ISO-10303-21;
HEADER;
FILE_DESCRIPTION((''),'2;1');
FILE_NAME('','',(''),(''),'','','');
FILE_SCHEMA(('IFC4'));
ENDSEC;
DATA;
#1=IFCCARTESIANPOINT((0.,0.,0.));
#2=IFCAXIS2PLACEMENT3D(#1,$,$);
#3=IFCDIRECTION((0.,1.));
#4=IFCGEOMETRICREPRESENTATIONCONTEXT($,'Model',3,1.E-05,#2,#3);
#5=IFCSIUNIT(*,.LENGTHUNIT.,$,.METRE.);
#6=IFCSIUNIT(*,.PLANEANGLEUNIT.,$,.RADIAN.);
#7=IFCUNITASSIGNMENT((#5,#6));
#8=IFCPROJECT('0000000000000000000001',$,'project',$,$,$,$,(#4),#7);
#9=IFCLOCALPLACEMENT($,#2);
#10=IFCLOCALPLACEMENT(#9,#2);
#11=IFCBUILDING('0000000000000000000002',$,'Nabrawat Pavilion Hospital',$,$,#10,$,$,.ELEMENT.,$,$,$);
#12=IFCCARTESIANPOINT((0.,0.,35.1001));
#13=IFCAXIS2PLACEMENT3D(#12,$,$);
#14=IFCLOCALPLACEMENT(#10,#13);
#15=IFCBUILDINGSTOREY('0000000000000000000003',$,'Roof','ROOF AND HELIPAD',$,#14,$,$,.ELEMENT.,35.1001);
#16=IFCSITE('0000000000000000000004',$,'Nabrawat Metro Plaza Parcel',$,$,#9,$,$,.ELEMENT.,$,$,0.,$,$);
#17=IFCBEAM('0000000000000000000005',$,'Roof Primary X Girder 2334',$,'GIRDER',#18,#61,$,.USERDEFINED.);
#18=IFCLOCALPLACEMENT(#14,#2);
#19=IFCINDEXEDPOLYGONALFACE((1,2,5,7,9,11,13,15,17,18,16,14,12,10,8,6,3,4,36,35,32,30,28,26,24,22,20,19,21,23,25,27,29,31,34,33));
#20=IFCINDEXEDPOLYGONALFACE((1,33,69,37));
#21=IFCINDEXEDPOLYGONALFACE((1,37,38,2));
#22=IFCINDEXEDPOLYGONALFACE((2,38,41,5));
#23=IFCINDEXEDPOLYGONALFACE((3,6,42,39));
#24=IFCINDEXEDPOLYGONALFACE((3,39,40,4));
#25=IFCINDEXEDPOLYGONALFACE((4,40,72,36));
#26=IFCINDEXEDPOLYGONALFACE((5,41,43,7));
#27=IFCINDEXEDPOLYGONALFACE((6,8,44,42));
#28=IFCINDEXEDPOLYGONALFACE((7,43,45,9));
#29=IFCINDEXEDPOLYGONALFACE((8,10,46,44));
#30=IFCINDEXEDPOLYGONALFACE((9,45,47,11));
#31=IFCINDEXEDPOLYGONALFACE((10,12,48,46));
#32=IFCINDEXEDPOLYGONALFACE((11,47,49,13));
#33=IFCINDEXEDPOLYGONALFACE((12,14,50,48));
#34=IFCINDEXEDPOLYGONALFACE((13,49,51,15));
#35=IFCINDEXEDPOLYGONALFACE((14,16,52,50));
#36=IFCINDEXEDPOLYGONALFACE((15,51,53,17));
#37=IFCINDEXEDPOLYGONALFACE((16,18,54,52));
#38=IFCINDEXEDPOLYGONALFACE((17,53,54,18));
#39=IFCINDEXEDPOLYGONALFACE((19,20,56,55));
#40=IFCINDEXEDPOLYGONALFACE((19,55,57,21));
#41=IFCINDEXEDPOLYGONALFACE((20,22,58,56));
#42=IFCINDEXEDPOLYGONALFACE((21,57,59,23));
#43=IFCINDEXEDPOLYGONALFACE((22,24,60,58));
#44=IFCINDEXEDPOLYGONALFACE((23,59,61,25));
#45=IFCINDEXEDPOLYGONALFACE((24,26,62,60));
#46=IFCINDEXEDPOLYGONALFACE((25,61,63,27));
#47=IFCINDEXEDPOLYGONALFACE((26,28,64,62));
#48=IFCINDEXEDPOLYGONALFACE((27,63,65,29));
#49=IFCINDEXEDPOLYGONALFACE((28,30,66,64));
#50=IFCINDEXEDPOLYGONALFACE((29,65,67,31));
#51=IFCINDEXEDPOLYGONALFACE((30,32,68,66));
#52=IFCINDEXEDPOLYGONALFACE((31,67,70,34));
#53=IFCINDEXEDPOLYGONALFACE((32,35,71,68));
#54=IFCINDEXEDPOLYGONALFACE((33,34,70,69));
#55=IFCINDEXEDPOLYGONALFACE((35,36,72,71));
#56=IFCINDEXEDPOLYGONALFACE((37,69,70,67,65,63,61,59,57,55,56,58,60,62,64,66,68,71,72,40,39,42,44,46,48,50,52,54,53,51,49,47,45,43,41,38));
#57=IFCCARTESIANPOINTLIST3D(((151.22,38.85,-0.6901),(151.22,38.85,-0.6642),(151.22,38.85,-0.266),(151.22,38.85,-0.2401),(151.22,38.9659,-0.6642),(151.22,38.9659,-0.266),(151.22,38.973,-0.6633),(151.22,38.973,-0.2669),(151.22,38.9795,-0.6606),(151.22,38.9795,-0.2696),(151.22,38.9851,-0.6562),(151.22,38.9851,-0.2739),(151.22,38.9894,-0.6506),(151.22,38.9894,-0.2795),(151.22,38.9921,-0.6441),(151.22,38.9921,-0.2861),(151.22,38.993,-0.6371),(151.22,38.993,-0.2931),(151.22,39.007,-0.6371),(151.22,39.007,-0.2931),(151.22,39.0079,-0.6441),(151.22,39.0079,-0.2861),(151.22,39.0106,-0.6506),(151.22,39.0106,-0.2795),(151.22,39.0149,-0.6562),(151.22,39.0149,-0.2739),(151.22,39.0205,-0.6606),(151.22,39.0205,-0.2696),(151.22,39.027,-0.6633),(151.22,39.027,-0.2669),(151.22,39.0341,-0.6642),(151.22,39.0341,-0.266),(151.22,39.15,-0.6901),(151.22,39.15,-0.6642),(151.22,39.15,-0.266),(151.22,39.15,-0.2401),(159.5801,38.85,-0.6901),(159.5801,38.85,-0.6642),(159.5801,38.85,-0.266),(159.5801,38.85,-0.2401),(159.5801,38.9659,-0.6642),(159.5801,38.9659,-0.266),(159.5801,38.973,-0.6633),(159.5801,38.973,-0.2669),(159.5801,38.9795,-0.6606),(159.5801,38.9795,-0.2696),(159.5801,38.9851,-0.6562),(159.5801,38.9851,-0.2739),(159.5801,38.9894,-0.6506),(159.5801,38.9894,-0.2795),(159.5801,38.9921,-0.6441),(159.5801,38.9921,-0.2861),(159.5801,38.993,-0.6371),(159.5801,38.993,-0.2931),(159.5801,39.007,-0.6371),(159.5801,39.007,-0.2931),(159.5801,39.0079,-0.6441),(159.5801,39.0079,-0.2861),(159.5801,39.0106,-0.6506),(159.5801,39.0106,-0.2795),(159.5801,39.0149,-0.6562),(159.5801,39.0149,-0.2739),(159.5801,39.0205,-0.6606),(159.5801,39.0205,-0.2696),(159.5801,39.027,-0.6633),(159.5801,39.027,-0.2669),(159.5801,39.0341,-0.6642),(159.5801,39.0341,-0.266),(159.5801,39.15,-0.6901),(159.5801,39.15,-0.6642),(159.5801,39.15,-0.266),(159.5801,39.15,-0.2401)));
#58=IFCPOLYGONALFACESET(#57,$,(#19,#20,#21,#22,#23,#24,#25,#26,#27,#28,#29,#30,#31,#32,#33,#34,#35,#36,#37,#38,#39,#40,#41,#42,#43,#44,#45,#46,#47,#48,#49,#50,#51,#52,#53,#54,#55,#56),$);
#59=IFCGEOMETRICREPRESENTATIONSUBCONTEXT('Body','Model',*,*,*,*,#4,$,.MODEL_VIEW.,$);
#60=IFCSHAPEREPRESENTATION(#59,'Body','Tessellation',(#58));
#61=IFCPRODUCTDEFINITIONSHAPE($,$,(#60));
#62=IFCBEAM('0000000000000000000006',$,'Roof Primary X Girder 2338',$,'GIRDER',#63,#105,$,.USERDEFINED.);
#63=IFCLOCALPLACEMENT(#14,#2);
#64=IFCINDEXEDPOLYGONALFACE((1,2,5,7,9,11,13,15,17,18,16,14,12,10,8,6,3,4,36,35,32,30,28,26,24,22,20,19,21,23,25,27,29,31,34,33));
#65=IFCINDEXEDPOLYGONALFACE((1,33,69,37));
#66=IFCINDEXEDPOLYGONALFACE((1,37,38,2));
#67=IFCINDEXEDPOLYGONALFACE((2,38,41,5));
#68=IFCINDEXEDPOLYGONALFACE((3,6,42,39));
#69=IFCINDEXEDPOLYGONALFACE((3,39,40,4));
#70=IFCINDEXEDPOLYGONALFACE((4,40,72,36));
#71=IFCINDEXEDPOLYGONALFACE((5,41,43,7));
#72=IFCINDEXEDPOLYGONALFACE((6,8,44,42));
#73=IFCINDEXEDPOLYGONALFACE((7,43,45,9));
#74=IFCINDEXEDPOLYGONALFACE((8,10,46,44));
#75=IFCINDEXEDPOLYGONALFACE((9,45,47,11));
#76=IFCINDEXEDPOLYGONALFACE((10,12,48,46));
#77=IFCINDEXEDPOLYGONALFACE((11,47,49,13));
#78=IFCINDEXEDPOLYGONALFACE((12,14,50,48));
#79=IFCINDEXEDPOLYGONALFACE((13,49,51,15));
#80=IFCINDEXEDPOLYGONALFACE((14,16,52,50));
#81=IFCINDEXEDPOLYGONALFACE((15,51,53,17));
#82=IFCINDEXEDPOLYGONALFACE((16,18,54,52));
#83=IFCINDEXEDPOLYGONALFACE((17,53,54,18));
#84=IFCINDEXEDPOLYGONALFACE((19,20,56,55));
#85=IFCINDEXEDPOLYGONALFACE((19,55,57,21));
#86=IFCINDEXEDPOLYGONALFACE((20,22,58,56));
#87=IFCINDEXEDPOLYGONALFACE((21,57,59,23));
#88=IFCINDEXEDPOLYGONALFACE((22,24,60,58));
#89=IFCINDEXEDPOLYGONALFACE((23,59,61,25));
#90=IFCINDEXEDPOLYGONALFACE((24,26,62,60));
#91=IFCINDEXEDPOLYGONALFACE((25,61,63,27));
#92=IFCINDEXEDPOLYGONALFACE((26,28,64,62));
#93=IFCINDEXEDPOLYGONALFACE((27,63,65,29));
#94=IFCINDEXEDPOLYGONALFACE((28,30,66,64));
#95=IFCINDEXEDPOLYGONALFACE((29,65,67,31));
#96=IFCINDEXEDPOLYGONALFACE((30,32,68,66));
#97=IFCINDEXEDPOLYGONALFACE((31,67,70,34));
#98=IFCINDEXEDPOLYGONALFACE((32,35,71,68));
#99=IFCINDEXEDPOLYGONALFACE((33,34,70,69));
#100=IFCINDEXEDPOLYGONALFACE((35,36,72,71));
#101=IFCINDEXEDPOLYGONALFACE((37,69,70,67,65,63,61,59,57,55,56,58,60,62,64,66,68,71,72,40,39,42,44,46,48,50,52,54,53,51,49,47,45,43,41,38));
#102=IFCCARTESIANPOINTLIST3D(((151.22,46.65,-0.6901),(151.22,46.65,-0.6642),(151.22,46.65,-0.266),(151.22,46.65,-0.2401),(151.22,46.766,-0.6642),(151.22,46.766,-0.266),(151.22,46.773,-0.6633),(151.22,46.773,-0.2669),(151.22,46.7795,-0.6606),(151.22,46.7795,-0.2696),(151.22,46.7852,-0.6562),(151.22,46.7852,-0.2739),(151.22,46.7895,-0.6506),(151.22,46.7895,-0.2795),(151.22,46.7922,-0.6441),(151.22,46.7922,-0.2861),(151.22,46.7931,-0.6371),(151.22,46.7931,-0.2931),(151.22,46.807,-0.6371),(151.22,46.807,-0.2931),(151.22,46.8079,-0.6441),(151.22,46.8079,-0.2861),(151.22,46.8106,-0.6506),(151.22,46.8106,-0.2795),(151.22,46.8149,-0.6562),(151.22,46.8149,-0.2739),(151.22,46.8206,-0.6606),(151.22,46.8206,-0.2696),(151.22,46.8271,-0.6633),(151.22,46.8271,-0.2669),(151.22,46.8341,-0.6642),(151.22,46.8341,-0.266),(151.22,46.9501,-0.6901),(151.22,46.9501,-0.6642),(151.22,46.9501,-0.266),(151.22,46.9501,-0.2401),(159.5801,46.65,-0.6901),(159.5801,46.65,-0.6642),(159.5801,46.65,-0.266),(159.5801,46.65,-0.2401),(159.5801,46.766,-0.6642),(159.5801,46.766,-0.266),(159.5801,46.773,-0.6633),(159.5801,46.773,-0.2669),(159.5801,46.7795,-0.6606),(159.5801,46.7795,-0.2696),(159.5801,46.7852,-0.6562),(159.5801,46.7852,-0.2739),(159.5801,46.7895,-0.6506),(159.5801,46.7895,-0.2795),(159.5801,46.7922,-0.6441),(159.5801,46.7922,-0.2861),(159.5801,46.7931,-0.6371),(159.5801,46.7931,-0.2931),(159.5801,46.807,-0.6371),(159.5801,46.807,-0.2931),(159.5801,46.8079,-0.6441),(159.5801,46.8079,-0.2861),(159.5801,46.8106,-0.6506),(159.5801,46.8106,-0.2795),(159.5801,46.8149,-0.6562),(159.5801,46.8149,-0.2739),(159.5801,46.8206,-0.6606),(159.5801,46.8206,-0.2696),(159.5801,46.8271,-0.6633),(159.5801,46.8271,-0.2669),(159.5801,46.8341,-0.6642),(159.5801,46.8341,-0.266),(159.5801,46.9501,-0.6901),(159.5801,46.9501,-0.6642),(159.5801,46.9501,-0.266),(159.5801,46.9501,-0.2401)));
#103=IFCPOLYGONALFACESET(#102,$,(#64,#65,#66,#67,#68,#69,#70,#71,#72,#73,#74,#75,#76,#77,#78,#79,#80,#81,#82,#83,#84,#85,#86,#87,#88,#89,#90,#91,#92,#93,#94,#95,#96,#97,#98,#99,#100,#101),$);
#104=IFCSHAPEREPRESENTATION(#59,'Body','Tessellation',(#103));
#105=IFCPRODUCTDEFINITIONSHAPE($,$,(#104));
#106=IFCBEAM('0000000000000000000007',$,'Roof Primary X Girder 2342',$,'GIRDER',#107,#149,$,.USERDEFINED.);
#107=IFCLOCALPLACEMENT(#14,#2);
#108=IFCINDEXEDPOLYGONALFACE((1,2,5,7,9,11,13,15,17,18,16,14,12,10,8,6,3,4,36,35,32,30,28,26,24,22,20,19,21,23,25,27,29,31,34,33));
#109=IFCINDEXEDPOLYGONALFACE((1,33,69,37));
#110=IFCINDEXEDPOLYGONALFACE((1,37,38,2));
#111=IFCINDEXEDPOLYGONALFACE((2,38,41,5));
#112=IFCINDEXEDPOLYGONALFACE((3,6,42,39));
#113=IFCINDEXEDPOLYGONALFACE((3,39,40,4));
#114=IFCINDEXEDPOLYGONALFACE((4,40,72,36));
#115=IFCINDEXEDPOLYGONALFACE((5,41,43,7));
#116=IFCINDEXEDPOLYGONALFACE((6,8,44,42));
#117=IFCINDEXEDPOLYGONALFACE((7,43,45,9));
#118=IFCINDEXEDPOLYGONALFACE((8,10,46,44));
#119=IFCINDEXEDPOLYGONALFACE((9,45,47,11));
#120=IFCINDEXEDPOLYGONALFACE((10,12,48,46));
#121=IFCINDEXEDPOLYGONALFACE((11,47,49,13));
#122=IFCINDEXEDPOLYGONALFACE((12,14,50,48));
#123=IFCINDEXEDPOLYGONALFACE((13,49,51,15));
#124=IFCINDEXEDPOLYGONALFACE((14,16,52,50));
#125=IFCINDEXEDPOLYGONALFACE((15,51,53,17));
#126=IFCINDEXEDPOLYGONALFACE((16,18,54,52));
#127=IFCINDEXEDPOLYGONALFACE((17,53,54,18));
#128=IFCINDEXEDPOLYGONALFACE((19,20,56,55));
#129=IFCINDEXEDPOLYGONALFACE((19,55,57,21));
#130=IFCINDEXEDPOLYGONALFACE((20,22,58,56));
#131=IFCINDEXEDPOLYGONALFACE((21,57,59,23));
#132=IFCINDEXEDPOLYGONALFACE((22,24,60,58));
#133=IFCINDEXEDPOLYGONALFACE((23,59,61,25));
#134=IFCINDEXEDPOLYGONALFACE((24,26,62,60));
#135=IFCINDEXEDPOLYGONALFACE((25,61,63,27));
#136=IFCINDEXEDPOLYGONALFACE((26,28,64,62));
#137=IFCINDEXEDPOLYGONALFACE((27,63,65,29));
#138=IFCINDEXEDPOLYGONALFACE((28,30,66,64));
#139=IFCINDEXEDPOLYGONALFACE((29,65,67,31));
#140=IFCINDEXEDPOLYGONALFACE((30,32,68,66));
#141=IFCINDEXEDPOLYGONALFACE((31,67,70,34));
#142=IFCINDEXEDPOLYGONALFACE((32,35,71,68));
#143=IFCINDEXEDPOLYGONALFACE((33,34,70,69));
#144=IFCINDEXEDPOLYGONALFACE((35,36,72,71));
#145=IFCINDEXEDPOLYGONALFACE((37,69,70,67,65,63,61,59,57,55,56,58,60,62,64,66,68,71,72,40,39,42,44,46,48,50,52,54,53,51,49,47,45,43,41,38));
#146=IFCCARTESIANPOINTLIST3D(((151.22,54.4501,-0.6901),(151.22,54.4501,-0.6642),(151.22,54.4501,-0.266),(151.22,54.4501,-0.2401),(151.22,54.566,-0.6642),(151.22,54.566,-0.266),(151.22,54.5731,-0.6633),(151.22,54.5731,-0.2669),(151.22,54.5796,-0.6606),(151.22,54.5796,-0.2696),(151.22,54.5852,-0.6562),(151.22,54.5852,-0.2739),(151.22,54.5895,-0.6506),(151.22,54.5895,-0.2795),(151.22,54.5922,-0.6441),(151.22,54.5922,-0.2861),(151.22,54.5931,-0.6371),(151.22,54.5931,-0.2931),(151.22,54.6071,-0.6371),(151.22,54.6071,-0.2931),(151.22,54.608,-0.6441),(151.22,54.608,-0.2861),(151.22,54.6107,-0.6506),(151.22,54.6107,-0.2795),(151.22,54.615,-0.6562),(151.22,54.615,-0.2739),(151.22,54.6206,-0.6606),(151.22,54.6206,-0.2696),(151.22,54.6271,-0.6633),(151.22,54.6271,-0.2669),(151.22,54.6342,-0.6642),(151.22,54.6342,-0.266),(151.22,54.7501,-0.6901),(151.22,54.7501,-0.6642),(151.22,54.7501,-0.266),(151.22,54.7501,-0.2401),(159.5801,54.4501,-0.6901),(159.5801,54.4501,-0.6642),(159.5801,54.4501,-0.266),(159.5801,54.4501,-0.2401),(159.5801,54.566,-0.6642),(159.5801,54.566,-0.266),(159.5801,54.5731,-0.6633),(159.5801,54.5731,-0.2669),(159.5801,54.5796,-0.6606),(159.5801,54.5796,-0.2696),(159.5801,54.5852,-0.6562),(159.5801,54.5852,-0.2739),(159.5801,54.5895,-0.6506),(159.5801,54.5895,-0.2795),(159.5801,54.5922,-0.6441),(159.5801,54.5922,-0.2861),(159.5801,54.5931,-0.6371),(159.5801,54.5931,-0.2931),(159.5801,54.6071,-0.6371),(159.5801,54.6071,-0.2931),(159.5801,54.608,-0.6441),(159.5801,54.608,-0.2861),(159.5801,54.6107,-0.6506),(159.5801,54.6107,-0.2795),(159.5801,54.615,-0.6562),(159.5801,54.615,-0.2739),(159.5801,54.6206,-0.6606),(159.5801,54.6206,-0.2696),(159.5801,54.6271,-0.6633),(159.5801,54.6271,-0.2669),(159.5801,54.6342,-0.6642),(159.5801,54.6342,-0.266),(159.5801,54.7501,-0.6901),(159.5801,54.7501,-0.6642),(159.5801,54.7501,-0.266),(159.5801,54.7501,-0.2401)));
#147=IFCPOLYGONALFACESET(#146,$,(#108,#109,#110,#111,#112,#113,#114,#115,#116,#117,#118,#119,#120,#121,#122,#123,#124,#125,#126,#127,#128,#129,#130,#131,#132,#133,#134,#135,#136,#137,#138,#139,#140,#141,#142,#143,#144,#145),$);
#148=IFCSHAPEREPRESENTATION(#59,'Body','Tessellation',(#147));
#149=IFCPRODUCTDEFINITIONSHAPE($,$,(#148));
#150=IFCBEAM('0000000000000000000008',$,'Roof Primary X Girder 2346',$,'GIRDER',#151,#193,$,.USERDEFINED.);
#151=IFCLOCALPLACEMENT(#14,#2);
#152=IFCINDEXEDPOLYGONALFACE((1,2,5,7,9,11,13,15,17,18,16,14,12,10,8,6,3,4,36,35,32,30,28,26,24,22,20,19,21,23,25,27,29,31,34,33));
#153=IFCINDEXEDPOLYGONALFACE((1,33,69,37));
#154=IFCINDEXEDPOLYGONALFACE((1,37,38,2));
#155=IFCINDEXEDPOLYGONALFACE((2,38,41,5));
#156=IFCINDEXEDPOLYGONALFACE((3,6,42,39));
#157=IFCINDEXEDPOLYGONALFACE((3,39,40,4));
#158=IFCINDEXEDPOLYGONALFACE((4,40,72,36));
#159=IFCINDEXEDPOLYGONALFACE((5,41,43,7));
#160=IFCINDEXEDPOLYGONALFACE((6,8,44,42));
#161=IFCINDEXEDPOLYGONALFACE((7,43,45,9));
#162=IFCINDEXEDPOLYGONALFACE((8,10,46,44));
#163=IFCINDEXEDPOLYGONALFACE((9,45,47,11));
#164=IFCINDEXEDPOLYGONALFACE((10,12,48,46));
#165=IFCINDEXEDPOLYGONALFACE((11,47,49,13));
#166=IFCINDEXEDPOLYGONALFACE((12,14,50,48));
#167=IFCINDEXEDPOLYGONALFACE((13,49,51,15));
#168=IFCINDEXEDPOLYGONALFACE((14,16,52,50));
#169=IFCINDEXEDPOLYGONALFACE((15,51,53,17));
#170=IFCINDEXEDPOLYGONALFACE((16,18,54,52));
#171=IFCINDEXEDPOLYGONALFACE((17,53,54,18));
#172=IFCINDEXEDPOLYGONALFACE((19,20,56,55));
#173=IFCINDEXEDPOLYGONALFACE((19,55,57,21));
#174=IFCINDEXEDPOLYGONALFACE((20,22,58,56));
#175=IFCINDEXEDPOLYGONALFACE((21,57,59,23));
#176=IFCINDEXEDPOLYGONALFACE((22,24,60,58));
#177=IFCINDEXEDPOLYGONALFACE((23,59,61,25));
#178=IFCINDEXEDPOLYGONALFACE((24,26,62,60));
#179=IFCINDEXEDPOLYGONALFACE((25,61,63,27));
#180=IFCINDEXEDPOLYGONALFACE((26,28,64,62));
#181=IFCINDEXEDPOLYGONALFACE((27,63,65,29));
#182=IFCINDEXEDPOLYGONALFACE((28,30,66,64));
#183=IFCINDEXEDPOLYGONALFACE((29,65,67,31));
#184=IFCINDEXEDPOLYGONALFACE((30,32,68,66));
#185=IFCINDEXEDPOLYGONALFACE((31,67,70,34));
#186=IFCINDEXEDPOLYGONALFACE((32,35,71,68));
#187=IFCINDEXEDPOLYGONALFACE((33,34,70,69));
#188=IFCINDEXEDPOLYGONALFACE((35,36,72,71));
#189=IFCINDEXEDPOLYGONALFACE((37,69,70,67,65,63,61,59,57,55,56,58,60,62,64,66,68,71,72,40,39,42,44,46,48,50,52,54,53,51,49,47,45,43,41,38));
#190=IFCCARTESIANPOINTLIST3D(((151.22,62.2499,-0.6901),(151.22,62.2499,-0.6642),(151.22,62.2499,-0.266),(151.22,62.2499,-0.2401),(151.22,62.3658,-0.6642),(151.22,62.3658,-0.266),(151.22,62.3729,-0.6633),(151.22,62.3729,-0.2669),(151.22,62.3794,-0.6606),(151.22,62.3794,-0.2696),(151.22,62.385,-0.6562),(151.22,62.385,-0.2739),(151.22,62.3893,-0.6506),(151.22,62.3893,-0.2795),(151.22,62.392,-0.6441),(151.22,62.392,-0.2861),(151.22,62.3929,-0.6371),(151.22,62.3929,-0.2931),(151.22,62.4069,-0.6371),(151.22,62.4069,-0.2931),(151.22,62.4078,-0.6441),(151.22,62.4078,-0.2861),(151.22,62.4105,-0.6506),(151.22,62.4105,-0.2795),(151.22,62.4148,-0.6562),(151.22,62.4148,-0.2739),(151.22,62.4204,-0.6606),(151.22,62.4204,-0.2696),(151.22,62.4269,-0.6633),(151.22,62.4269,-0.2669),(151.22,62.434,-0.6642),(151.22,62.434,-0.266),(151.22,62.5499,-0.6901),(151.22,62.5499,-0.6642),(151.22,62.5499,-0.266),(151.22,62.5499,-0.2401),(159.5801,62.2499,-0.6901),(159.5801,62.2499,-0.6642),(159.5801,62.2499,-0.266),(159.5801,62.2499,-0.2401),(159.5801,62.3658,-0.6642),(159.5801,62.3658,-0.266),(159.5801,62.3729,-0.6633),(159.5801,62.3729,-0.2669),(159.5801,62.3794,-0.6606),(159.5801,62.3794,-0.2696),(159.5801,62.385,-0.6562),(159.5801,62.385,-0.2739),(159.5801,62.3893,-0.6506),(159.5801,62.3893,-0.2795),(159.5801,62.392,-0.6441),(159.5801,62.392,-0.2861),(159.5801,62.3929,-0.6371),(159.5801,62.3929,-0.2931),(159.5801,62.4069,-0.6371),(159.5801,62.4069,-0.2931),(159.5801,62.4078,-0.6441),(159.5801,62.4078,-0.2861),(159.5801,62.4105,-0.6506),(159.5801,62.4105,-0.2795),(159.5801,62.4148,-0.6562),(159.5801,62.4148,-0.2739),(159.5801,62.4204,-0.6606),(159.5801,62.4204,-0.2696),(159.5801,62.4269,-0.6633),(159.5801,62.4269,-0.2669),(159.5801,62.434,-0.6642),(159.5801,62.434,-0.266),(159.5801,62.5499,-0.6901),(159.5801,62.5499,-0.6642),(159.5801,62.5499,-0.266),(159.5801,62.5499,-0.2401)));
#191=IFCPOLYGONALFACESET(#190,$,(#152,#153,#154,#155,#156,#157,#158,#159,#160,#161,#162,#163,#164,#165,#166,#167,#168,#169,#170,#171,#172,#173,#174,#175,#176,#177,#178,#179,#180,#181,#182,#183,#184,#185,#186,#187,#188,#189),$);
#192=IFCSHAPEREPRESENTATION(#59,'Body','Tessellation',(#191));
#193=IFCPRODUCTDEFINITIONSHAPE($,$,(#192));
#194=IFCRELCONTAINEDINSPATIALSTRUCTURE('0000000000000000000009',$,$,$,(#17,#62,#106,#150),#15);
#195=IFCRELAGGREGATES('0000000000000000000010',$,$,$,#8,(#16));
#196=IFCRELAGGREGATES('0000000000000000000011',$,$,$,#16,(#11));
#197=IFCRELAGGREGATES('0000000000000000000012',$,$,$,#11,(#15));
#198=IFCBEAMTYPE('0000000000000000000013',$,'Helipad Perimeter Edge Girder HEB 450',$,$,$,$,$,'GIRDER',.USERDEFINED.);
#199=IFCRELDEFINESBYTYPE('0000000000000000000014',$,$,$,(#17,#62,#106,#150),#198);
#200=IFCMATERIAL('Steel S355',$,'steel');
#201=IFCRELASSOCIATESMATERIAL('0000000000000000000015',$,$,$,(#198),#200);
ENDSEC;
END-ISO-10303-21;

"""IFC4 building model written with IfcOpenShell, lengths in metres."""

from ifc_helpers import new_model, si_unit, direction, frame, origin, origin_2d, place, context, subcontext, project, spatial, i_section, extrude, material, material_profile, profile_set, type_object, element, save


model = new_model("IFC4")

# Units and contexts
model_context = context("Model", 3, precision=1e-05, world=origin(), true_north=direction((0.0, 1.0)))
body_context = subcontext(model_context, "Body", "Model", "MODEL_VIEW")
ifc_project = project(units=[si_unit("LENGTHUNIT", "METRE"), si_unit("PLANEANGLEUNIT", "RADIAN")], contexts=[model_context])

# Site, building, storey
site_placement = place(None, origin())
site = spatial("IfcSite", under=ifc_project, at=site_placement, Name="Nabrawat Metro Plaza Parcel", CompositionType="ELEMENT", RefElevation=0.0)
building_placement = place(site_placement, origin())
building = spatial("IfcBuilding", under=site, at=building_placement, Name="Nabrawat Pavilion Hospital", CompositionType="ELEMENT")
storey_placement = place(building_placement, frame((0.0, 0.0, 35.1001)))
storey = spatial("IfcBuildingStorey", under=building, at=storey_placement, Name="Roof", Description="ROOF AND HELIPAD", CompositionType="ELEMENT", Elevation=35.1001)

# Beams
ifc_material = material(Name="Steel S355", Category="steel")
ifc_material_profile_1 = material_profile(ifc_material, i_section(OverallWidth=0.3, OverallDepth=0.45, WebThickness=0.0139, FlangeThickness=0.0259, FilletRadius=0.0271, at=origin_2d()), Name="HEB 450")
ifc_profile_set_1 = profile_set([ifc_material_profile_1], Name="Steel S355")
beam_type_1 = type_object("IfcBeamType", Name="Helipad Perimeter Edge Girder HEB 450", ElementType="GIRDER", PredefinedType="USERDEFINED", material=ifc_profile_set_1)
for number, where, z_axis, x_axis, name in (
    (1, (151.22, 39.0, -0.4651), (1.0, 0.0, 0.0), (0.0, 1.0, 0.0), "Roof Primary X Girder 2334"),
    (2, (151.22, 46.8, -0.4651), (1.0, 0.0, 0.0), (0.0, 1.0, 0.0), "Roof Primary X Girder 2338"),
    (3, (151.22, 54.6001, -0.4651), (1.0, 0.0, 0.0), (0.0, 1.0, 0.0), "Roof Primary X Girder 2342"),
    (4, (151.22, 62.3999, -0.4651), (1.0, 0.0, 0.0), (0.0, 1.0, 0.0), "Roof Primary X Girder 2346"),
):
    element("IfcBeam", number, at=place(storey_placement, frame(where, z_axis=z_axis, x_axis=x_axis)), inside=storey, type_object=beam_type_1, Name=name, ObjectType="GIRDER", PredefinedType="USERDEFINED", context=body_context, shape_type="SweptSolid", body=[
        extrude(i_section(OverallWidth=0.3, OverallDepth=0.45, WebThickness=0.0139, FlangeThickness=0.0259, FilletRadius=0.0271, at=origin_2d()), origin(), (0.0, 0.0, 1.0), 8.3601),
    ])

save(model, "model.ifc")
